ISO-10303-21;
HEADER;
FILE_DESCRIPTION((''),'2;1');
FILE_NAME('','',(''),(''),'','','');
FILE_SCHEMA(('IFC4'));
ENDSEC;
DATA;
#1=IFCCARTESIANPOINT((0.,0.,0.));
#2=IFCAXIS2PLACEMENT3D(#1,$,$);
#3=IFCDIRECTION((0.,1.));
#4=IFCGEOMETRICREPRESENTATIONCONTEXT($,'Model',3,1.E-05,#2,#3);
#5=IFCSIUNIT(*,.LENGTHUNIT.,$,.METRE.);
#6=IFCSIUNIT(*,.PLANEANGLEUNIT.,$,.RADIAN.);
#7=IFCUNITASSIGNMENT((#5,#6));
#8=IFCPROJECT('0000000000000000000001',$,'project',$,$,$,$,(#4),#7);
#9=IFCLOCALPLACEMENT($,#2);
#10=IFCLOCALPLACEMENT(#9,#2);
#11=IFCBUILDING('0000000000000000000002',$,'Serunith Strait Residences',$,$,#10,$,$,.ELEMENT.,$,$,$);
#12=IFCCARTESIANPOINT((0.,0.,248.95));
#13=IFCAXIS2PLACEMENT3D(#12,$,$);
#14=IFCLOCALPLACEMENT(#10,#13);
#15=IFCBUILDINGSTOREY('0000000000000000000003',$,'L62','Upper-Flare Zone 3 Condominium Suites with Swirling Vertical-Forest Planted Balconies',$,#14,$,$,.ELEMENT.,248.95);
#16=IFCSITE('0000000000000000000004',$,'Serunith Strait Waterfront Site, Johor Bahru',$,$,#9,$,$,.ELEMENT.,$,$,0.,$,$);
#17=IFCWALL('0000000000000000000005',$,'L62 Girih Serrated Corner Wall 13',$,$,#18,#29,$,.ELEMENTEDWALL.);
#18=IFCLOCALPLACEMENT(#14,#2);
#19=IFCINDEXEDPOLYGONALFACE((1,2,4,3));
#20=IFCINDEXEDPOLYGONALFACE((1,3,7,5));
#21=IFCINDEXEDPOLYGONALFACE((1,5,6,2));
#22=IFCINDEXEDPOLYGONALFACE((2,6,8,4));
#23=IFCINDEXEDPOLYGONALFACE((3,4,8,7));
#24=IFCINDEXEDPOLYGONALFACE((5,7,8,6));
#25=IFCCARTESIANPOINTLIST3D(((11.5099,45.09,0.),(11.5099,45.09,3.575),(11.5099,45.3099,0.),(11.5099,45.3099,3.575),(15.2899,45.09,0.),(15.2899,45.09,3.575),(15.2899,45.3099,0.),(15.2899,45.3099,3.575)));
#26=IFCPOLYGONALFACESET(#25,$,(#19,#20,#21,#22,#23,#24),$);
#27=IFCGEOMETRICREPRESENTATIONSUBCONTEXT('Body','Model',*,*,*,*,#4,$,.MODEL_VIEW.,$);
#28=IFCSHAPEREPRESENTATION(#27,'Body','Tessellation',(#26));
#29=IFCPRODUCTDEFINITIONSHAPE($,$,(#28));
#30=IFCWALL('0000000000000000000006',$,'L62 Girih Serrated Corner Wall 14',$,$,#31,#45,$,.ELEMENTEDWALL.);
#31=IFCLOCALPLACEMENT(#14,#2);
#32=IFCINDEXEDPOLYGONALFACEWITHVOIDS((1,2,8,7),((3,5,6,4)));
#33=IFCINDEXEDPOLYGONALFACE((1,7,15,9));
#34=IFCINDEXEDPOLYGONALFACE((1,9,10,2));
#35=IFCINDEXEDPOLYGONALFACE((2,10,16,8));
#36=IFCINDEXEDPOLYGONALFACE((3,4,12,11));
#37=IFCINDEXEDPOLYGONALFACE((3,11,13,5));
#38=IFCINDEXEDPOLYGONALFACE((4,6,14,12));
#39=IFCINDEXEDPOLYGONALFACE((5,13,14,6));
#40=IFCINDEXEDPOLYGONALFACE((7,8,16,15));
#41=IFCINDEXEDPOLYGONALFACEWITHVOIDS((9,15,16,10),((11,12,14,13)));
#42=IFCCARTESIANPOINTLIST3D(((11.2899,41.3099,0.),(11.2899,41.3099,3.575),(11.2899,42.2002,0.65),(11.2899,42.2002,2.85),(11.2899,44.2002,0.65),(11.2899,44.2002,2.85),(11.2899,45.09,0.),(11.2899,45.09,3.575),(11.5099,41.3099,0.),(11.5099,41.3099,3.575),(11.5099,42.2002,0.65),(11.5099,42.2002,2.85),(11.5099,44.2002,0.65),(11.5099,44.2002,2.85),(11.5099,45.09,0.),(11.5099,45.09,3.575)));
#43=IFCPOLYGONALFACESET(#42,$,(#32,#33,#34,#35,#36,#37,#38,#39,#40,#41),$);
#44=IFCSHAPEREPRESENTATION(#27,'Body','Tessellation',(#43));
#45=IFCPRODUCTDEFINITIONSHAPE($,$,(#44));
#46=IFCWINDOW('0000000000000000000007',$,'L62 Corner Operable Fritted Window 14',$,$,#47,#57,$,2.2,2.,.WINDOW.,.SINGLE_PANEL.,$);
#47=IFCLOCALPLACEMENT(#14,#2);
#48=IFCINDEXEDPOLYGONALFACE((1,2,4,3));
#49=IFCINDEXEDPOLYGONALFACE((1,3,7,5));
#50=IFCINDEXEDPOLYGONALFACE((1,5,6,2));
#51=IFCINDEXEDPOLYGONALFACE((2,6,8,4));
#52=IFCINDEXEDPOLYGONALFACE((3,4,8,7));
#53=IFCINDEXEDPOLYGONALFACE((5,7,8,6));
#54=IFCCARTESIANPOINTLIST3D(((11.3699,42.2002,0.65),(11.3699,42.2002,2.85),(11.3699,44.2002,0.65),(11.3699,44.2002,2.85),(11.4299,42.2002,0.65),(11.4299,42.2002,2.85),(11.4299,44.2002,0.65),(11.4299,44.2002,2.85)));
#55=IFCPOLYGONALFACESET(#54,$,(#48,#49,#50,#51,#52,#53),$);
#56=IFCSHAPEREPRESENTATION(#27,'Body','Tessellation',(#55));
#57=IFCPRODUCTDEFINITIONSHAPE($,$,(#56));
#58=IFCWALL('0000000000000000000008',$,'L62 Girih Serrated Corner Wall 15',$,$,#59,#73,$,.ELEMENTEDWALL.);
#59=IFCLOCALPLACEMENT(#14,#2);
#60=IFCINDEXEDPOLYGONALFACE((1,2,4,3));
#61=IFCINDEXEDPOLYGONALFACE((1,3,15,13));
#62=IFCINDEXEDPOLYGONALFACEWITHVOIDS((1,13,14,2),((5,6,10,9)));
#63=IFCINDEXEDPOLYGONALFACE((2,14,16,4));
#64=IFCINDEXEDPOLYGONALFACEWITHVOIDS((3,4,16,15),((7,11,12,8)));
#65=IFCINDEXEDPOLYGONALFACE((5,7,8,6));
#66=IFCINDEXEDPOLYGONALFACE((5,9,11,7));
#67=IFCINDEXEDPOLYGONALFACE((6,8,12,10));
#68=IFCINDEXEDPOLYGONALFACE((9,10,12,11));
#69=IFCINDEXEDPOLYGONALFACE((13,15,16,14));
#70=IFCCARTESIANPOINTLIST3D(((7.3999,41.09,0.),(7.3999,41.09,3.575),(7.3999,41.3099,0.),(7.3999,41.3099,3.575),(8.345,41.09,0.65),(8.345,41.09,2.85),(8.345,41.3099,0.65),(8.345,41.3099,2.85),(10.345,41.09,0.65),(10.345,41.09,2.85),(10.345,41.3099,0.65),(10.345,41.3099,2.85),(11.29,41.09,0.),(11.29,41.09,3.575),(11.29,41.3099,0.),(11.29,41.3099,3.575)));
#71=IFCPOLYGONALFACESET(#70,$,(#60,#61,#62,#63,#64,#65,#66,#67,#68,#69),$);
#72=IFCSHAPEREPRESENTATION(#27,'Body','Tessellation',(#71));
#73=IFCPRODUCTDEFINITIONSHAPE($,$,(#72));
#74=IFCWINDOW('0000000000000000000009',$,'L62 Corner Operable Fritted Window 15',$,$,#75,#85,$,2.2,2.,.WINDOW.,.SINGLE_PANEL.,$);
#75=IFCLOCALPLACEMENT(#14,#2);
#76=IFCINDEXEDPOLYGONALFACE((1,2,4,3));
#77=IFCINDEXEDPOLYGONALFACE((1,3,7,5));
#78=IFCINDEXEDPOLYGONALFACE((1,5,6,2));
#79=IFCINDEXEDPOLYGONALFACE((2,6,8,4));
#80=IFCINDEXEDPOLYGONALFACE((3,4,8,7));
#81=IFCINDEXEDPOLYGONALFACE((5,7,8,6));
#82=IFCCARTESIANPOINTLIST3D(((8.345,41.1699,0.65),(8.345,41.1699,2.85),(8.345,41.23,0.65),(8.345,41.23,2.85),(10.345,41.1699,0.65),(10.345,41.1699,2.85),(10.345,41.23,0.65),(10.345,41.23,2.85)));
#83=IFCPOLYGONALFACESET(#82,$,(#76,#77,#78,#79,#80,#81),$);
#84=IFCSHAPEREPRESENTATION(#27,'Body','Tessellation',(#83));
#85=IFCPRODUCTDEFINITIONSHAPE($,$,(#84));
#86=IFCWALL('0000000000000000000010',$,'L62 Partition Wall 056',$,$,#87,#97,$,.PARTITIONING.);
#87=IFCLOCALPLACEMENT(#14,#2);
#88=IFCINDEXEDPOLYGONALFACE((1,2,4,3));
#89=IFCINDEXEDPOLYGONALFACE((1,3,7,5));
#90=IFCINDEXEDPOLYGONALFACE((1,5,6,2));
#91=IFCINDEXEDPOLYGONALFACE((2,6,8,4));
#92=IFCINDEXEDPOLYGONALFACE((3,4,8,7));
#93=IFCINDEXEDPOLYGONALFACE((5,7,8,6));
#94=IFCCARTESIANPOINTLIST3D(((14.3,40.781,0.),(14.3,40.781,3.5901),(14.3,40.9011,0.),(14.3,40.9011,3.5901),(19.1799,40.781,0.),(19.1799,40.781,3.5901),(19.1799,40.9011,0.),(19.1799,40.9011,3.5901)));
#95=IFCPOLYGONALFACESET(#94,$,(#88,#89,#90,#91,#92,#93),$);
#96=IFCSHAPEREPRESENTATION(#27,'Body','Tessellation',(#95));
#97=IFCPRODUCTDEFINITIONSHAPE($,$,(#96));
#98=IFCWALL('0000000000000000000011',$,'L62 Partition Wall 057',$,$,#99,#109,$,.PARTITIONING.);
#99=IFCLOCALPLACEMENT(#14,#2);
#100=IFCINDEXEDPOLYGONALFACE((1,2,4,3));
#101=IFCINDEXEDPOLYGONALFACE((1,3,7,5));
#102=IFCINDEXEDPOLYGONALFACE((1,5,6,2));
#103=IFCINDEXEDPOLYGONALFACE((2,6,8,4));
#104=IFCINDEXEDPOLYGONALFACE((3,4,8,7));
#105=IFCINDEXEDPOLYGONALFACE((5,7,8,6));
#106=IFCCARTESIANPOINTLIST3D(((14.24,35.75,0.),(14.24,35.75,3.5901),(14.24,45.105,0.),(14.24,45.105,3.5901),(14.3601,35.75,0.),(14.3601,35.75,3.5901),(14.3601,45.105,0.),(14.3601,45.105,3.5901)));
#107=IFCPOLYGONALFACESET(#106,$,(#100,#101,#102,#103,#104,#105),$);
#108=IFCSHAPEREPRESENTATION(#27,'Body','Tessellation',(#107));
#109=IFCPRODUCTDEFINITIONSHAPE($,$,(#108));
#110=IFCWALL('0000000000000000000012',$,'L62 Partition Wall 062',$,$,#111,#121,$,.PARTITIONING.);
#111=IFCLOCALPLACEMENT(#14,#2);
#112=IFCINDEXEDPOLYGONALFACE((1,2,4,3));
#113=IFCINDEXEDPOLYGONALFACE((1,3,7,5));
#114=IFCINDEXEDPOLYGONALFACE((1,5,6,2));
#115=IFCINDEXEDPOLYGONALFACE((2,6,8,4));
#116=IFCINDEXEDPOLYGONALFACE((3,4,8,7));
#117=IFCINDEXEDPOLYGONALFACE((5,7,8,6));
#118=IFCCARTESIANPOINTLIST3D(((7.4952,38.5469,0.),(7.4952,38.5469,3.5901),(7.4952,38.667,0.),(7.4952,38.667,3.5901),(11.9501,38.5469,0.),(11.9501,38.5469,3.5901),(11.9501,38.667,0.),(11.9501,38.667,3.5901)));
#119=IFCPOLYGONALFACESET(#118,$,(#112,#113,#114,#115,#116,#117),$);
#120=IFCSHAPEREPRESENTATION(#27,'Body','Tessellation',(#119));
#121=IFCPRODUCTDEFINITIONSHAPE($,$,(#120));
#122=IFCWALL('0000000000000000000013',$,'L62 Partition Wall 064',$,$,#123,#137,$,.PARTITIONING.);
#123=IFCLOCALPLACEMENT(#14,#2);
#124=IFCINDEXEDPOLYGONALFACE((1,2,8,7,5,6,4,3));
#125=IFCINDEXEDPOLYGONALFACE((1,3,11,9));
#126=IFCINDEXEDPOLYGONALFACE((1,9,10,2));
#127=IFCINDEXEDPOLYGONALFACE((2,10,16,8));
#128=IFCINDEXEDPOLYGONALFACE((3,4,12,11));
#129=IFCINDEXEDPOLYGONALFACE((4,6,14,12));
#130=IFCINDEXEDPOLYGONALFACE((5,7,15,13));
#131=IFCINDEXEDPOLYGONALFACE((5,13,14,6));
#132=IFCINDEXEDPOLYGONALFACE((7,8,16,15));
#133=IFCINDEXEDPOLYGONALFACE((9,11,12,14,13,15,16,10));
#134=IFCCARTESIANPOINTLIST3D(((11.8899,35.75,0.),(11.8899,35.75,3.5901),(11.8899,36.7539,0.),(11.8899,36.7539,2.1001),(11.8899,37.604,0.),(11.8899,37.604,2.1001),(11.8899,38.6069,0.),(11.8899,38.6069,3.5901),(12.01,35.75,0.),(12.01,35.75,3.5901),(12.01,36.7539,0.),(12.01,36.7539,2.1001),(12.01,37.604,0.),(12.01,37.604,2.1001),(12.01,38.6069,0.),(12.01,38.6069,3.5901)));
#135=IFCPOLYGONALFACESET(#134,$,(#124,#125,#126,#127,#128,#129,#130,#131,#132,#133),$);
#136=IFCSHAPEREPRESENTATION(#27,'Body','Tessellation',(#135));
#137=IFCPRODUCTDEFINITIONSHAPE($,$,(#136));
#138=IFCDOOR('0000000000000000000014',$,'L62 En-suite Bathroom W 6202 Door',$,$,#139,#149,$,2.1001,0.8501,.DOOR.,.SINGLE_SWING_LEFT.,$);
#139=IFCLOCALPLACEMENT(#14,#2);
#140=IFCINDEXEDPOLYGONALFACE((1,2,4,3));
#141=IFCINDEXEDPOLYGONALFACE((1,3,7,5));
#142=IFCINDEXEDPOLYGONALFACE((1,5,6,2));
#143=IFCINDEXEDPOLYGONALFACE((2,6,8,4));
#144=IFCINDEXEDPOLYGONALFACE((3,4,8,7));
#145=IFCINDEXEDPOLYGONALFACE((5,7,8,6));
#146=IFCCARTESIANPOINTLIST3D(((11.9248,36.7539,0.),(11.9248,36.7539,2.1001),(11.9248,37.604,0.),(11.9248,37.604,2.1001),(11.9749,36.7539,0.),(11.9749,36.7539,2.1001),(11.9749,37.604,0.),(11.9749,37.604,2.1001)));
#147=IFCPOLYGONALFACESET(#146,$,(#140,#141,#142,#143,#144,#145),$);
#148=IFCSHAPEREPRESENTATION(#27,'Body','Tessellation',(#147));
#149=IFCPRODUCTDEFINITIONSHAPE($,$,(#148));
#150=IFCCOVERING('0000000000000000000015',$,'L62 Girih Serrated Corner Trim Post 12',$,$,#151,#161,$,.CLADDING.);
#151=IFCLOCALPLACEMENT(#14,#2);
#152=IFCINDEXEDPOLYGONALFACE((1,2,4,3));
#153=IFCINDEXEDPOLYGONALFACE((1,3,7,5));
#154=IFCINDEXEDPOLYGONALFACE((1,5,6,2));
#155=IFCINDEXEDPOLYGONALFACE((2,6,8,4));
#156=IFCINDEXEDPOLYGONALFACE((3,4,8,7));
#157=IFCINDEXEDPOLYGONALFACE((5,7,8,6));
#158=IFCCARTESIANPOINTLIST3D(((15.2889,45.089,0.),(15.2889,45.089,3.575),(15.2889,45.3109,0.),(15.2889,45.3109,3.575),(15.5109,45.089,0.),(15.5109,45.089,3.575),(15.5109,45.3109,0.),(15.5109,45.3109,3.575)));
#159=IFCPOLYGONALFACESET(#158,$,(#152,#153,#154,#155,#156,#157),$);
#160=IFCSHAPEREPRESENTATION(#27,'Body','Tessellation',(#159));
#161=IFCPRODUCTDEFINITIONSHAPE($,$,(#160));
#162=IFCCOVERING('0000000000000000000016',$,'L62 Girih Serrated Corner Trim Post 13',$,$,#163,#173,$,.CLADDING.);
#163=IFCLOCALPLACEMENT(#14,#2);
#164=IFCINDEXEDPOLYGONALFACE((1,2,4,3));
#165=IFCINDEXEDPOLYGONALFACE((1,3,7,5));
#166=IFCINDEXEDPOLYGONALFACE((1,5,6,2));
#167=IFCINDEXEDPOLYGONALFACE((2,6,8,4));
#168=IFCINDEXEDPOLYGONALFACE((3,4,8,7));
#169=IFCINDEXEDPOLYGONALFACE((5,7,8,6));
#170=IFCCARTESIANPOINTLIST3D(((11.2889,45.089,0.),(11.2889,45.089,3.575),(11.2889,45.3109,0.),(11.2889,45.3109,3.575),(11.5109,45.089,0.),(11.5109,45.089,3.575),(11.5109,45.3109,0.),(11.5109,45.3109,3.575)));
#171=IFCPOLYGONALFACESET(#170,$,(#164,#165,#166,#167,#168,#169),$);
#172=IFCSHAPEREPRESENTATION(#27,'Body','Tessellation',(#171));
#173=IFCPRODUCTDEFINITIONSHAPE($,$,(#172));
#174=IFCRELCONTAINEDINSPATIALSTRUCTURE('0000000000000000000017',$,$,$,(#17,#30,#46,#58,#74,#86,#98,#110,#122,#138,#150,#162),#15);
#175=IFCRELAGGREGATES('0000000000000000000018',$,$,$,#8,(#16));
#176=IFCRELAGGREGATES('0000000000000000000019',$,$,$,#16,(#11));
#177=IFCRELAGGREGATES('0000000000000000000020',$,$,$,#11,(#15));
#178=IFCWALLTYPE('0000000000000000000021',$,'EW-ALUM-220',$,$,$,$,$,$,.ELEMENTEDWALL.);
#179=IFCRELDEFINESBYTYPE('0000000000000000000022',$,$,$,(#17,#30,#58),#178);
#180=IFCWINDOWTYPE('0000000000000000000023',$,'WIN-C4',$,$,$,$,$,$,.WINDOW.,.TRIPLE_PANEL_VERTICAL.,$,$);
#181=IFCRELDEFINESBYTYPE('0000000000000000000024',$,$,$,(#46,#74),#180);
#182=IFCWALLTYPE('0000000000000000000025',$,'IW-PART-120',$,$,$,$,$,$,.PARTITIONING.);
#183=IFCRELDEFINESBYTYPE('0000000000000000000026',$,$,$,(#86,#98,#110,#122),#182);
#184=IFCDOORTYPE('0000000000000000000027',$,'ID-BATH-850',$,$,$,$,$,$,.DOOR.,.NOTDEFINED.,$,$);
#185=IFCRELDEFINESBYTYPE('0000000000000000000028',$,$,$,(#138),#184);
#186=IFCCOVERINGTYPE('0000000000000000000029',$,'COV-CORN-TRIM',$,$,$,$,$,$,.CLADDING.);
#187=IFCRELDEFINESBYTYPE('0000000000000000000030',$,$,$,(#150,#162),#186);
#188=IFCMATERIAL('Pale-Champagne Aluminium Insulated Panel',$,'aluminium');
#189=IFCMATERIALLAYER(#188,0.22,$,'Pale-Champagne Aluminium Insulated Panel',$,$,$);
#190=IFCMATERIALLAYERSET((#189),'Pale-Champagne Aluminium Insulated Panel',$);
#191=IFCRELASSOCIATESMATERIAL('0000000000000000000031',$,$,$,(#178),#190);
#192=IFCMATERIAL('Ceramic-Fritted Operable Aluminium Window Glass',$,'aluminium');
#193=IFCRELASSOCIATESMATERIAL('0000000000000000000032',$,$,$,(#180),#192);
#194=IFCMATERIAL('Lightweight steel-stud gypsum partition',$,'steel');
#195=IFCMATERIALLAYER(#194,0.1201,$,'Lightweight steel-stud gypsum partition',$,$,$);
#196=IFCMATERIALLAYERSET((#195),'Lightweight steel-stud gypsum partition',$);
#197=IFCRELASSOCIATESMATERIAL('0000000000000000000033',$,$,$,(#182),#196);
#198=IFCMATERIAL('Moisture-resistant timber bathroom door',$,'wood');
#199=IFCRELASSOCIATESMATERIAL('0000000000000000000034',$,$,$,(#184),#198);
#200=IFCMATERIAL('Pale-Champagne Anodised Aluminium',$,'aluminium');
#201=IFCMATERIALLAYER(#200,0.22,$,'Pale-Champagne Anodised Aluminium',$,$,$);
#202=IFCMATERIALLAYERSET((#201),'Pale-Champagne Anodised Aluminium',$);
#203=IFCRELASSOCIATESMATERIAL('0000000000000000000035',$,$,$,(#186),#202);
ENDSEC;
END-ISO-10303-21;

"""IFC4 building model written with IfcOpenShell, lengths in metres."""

from ifc_helpers import new_model, si_unit, direction, frame, frame_2d, origin, origin_2d, place, context, subcontext, project, spatial, rectangle, extrude, source, transform, mapped, material, layer, layer_set, type_object, element, fill, save


model = new_model("IFC4")

# Units and contexts
model_context = context("Model", 3, precision=1e-05, world=origin(), true_north=direction((0.0, 1.0)))
body_context = subcontext(model_context, "Body", "Model", "MODEL_VIEW")
ifc_project = project(units=[si_unit("LENGTHUNIT", "METRE"), si_unit("PLANEANGLEUNIT", "RADIAN")], contexts=[model_context])

# Site, building, storey
site_placement = place(None, origin())
site = spatial("IfcSite", under=ifc_project, at=site_placement, Name="Serunith Strait Waterfront Site, Johor Bahru", CompositionType="ELEMENT", RefElevation=0.0)
building_placement = place(site_placement, origin())
building = spatial("IfcBuilding", under=site, at=building_placement, Name="Serunith Strait Residences", CompositionType="ELEMENT")
storey_placement = place(building_placement, frame((0.0, 0.0, 248.95)))
storey = spatial("IfcBuildingStorey", under=building, at=storey_placement, Name="L62", Description="Upper-Flare Zone 3 Condominium Suites with Swirling Vertical-Forest Planted Balconies", CompositionType="ELEMENT", Elevation=248.95)

# Shared definitions
ifc_material_1 = material(Name="Pale-Champagne Anodised Aluminium", Category="aluminium")

# Shared definitions
ifc_material_2 = material(Name="Pale-Champagne Aluminium Insulated Panel", Category="aluminium")
ifc_layer_1 = layer(ifc_material_2, 0.22, Name="Pale-Champagne Aluminium Insulated Panel")
ifc_layer_set_1 = layer_set([ifc_layer_1], Name="Pale-Champagne Aluminium Insulated Panel")
wall_type_1 = type_object("IfcWallType", Name="EW-ALUM-220", PredefinedType="ELEMENTEDWALL", material=ifc_layer_set_1)
ifc_material_3 = material(Name="Ceramic-Fritted Operable Aluminium Window Glass", Category="aluminium")
window_type = type_object("IfcWindowType", Name="WIN-C4", PartitioningType="TRIPLE_PANEL_VERTICAL", PredefinedType="WINDOW", material=ifc_material_3)
shared_shape_1 = source(origin(), body_context, "Body", "SweptSolid", [
    extrude(rectangle(XDim=2.0, YDim=2.2, at=frame_2d((1.0, 1.1001))), frame((0.0, 0.03, 0.0), z_axis=(0.0, -1.0, 0.0), x_axis=(1.0, 0.0, 0.0)), (0.0, 0.0, 1.0), 0.0601),
])

# Wall
wall_1_placement = place(storey_placement, frame((15.29, 45.2, 0.0), z_axis=(0.0, 0.0, 1.0), x_axis=(-1.0, 0.0, 0.0)))
element("IfcWall", 1, at=wall_1_placement, inside=storey, type_object=wall_type_1, Name="L62 Girih Serrated Corner Wall 13", PredefinedType="ELEMENTEDWALL", context=body_context, shape_type="SweptSolid", body=[
    extrude(rectangle(XDim=3.78, YDim=0.22, at=frame_2d((1.8901, 0.0))), origin(), (0.0, 0.0, 1.0), 3.575),
])

# Walls, openings, windows
wall_2_placement = place(storey_placement, frame((11.3999, 45.0901, 0.0), z_axis=(0.0, 0.0, 1.0), x_axis=(0.0, -1.0, 0.0)))
wall_2 = element("IfcWall", 2, at=wall_2_placement, inside=storey, type_object=wall_type_1, Name="L62 Girih Serrated Corner Wall 14", PredefinedType="ELEMENTEDWALL", context=body_context, shape_type="SweptSolid", body=[
    extrude(rectangle(XDim=3.78, YDim=0.22, at=frame_2d((1.8901, 0.0))), origin(), (0.0, 0.0, 1.0), 3.575),
])
opening_1_placement = place(wall_2_placement, frame((0.8899, 0.0, 0.6499)))
opening_1 = element("IfcOpeningElement", 3, at=opening_1_placement, cuts=wall_2, PredefinedType="OPENING", context=body_context, shape_type="SweptSolid", body=[
    extrude(rectangle(XDim=2.0, YDim=2.2, at=frame_2d((1.0, 1.1001))), frame((0.0, 0.1201, 0.0), z_axis=(0.0, -1.0, 0.0), x_axis=(1.0, 0.0, 0.0)), (0.0, 0.0, 1.0), 0.24),
])
window_1_placement = place(opening_1_placement, origin())
window_1 = element("IfcWindow", 4, at=window_1_placement, inside=storey, type_object=window_type, Name="L62 Corner Operable Fritted Window 14", OverallHeight=2.2, OverallWidth=2.0, PartitioningType="SINGLE_PANEL", PredefinedType="WINDOW", context=body_context, shape_type="MappedRepresentation", body=[
    mapped(shared_shape_1, transform((0.0, 0.0, 0.0), scale=1.0)),
])
fill(opening_1, window_1)
wall_3_placement = place(storey_placement, frame((11.29, 41.2, 0.0), z_axis=(0.0, 0.0, 1.0), x_axis=(-1.0, 0.0, 0.0)))
wall_3 = element("IfcWall", 5, at=wall_3_placement, inside=storey, type_object=wall_type_1, Name="L62 Girih Serrated Corner Wall 15", PredefinedType="ELEMENTEDWALL", context=body_context, shape_type="SweptSolid", body=[
    extrude(rectangle(XDim=3.8901, YDim=0.22, at=frame_2d((1.9451, 0.0))), origin(), (0.0, 0.0, 1.0), 3.575),
])
opening_2_placement = place(wall_3_placement, frame((0.9451, 0.0, 0.6499)))
opening_2 = element("IfcOpeningElement", 6, at=opening_2_placement, cuts=wall_3, PredefinedType="OPENING", context=body_context, shape_type="SweptSolid", body=[
    extrude(rectangle(XDim=2.0, YDim=2.2, at=frame_2d((1.0, 1.1001))), frame((0.0, 0.1201, 0.0), z_axis=(0.0, -1.0, 0.0), x_axis=(1.0, 0.0, 0.0)), (0.0, 0.0, 1.0), 0.24),
])
window_2_placement = place(opening_2_placement, origin())
window_2 = element("IfcWindow", 7, at=window_2_placement, inside=storey, type_object=window_type, Name="L62 Corner Operable Fritted Window 15", OverallHeight=2.2, OverallWidth=2.0, PartitioningType="SINGLE_PANEL", PredefinedType="WINDOW", context=body_context, shape_type="MappedRepresentation", body=[
    mapped(shared_shape_1, transform((0.0, 0.0, 0.0), scale=1.0)),
])
fill(opening_2, window_2)

# Walls
ifc_material_4 = material(Name="Lightweight steel-stud gypsum partition", Category="steel")
ifc_layer_2 = layer(ifc_material_4, 0.1201, Name="Lightweight steel-stud gypsum partition")
ifc_layer_set_2 = layer_set([ifc_layer_2], Name="Lightweight steel-stud gypsum partition")
wall_type_2 = type_object("IfcWallType", Name="IW-PART-120", PredefinedType="PARTITIONING", material=ifc_layer_set_2)
wall_4_placement = place(storey_placement, frame((14.3, 40.8411, 0.0), z_axis=(0.0, 0.0, 1.0), x_axis=(1.0, 0.0, 0.0)))
element("IfcWall", 8, at=wall_4_placement, inside=storey, type_object=wall_type_2, Name="L62 Partition Wall 056", PredefinedType="PARTITIONING", context=body_context, shape_type="SweptSolid", body=[
    extrude(rectangle(XDim=4.8799, YDim=0.1201, at=frame_2d((2.4399, 0.0))), origin(), (0.0, 0.0, 1.0), 3.5901),
])
wall_5_placement = place(storey_placement, frame((14.3, 45.105, 0.0), z_axis=(0.0, 0.0, 1.0), x_axis=(0.0, -1.0, 0.0)))
element("IfcWall", 9, at=wall_5_placement, inside=storey, type_object=wall_type_2, Name="L62 Partition Wall 057", PredefinedType="PARTITIONING", context=body_context, shape_type="SweptSolid", body=[
    extrude(rectangle(XDim=9.355, YDim=0.1201, at=frame_2d((4.6775, 0.0))), origin(), (0.0, 0.0, 1.0), 3.5901),
])
wall_6_placement = place(storey_placement, frame((7.4951, 38.6069, 0.0), z_axis=(0.0, 0.0, 1.0), x_axis=(1.0, 0.0, 0.0)))
element("IfcWall", 10, at=wall_6_placement, inside=storey, type_object=wall_type_2, Name="L62 Partition Wall 062", PredefinedType="PARTITIONING", context=body_context, shape_type="SweptSolid", body=[
    extrude(rectangle(XDim=4.4548, YDim=0.1201, at=frame_2d((2.2275, 0.0))), origin(), (0.0, 0.0, 1.0), 3.5901),
])

# Wall, opening, door
wall_7_placement = place(storey_placement, frame((11.95, 38.6069, 0.0), z_axis=(0.0, 0.0, 1.0), x_axis=(0.0, -1.0, 0.0)))
wall_7 = element("IfcWall", 11, at=wall_7_placement, inside=storey, type_object=wall_type_2, Name="L62 Partition Wall 064", PredefinedType="PARTITIONING", context=body_context, shape_type="SweptSolid", body=[
    extrude(rectangle(XDim=2.8569, YDim=0.1201, at=frame_2d((1.4285, 0.0))), origin(), (0.0, 0.0, 1.0), 3.5901),
])
opening_3_placement = place(wall_7_placement, frame((1.0029, 0.0, 0.0)))
opening_3 = element("IfcOpeningElement", 12, at=opening_3_placement, cuts=wall_7, PredefinedType="OPENING", context=body_context, shape_type="SweptSolid", body=[
    extrude(rectangle(XDim=0.8501, YDim=2.1001, at=frame_2d((0.425, 1.05))), frame((0.0, 0.0701, 0.0), z_axis=(0.0, -1.0, 0.0), x_axis=(1.0, 0.0, 0.0)), (0.0, 0.0, 1.0), 0.1401),
])
ifc_material_5 = material(Name="Moisture-resistant timber bathroom door", Category="wood")
door_type = type_object("IfcDoorType", Name="ID-BATH-850", OperationType="NOTDEFINED", PredefinedType="DOOR", material=ifc_material_5)
shared_shape_2 = source(origin(), body_context, "Body", "SweptSolid", [
    extrude(rectangle(XDim=0.8501, YDim=2.1001, at=frame_2d((0.425, 1.05))), frame((0.0, 0.0249, 0.0), z_axis=(0.0, -1.0, 0.0), x_axis=(1.0, 0.0, 0.0)), (0.0, 0.0, 1.0), 0.05),
])
door_placement = place(opening_3_placement, origin())
door = element("IfcDoor", 13, at=door_placement, inside=storey, type_object=door_type, Name="L62 En-suite Bathroom W 6202 Door", OperationType="SINGLE_SWING_LEFT", OverallHeight=2.1001, OverallWidth=0.8501, PredefinedType="DOOR", context=body_context, shape_type="MappedRepresentation", body=[
    mapped(shared_shape_2, transform((0.0, 0.0, 0.0), scale=1.0)),
])
fill(opening_3, door)

# Coverings
ifc_layer_3 = layer(ifc_material_1, 0.22, Name="Pale-Champagne Anodised Aluminium")
ifc_layer_set_3 = layer_set([ifc_layer_3], Name="Pale-Champagne Anodised Aluminium")
covering_type = type_object("IfcCoveringType", Name="COV-CORN-TRIM", PredefinedType="CLADDING", material=ifc_layer_set_3)
shared_shape_3 = source(origin(), body_context, "Body", "SweptSolid", [
    extrude(rectangle(XDim=0.2219, YDim=0.2219, at=origin_2d()), origin(), (0.0, 0.0, 1.0), 3.575),
])
for number, where, z_axis, x_axis, name in (
    (14, (15.3999, 45.2, 0.0), (0.0, 0.0, 1.0), (1.0, 0.0, 0.0), "L62 Girih Serrated Corner Trim Post 12"),
    (15, (11.3999, 45.2, 0.0), (0.0, 0.0, 1.0), (1.0, 0.0, 0.0), "L62 Girih Serrated Corner Trim Post 13"),
):
    element("IfcCovering", number, at=place(storey_placement, frame(where, z_axis=z_axis, x_axis=x_axis)), inside=storey, type_object=covering_type, Name=name, PredefinedType="CLADDING", context=body_context, shape_type="MappedRepresentation", body=[
        mapped(shared_shape_3, transform((0.0, 0.0, 0.0), scale=1.0)),
    ])

save(model, "model.ifc")
